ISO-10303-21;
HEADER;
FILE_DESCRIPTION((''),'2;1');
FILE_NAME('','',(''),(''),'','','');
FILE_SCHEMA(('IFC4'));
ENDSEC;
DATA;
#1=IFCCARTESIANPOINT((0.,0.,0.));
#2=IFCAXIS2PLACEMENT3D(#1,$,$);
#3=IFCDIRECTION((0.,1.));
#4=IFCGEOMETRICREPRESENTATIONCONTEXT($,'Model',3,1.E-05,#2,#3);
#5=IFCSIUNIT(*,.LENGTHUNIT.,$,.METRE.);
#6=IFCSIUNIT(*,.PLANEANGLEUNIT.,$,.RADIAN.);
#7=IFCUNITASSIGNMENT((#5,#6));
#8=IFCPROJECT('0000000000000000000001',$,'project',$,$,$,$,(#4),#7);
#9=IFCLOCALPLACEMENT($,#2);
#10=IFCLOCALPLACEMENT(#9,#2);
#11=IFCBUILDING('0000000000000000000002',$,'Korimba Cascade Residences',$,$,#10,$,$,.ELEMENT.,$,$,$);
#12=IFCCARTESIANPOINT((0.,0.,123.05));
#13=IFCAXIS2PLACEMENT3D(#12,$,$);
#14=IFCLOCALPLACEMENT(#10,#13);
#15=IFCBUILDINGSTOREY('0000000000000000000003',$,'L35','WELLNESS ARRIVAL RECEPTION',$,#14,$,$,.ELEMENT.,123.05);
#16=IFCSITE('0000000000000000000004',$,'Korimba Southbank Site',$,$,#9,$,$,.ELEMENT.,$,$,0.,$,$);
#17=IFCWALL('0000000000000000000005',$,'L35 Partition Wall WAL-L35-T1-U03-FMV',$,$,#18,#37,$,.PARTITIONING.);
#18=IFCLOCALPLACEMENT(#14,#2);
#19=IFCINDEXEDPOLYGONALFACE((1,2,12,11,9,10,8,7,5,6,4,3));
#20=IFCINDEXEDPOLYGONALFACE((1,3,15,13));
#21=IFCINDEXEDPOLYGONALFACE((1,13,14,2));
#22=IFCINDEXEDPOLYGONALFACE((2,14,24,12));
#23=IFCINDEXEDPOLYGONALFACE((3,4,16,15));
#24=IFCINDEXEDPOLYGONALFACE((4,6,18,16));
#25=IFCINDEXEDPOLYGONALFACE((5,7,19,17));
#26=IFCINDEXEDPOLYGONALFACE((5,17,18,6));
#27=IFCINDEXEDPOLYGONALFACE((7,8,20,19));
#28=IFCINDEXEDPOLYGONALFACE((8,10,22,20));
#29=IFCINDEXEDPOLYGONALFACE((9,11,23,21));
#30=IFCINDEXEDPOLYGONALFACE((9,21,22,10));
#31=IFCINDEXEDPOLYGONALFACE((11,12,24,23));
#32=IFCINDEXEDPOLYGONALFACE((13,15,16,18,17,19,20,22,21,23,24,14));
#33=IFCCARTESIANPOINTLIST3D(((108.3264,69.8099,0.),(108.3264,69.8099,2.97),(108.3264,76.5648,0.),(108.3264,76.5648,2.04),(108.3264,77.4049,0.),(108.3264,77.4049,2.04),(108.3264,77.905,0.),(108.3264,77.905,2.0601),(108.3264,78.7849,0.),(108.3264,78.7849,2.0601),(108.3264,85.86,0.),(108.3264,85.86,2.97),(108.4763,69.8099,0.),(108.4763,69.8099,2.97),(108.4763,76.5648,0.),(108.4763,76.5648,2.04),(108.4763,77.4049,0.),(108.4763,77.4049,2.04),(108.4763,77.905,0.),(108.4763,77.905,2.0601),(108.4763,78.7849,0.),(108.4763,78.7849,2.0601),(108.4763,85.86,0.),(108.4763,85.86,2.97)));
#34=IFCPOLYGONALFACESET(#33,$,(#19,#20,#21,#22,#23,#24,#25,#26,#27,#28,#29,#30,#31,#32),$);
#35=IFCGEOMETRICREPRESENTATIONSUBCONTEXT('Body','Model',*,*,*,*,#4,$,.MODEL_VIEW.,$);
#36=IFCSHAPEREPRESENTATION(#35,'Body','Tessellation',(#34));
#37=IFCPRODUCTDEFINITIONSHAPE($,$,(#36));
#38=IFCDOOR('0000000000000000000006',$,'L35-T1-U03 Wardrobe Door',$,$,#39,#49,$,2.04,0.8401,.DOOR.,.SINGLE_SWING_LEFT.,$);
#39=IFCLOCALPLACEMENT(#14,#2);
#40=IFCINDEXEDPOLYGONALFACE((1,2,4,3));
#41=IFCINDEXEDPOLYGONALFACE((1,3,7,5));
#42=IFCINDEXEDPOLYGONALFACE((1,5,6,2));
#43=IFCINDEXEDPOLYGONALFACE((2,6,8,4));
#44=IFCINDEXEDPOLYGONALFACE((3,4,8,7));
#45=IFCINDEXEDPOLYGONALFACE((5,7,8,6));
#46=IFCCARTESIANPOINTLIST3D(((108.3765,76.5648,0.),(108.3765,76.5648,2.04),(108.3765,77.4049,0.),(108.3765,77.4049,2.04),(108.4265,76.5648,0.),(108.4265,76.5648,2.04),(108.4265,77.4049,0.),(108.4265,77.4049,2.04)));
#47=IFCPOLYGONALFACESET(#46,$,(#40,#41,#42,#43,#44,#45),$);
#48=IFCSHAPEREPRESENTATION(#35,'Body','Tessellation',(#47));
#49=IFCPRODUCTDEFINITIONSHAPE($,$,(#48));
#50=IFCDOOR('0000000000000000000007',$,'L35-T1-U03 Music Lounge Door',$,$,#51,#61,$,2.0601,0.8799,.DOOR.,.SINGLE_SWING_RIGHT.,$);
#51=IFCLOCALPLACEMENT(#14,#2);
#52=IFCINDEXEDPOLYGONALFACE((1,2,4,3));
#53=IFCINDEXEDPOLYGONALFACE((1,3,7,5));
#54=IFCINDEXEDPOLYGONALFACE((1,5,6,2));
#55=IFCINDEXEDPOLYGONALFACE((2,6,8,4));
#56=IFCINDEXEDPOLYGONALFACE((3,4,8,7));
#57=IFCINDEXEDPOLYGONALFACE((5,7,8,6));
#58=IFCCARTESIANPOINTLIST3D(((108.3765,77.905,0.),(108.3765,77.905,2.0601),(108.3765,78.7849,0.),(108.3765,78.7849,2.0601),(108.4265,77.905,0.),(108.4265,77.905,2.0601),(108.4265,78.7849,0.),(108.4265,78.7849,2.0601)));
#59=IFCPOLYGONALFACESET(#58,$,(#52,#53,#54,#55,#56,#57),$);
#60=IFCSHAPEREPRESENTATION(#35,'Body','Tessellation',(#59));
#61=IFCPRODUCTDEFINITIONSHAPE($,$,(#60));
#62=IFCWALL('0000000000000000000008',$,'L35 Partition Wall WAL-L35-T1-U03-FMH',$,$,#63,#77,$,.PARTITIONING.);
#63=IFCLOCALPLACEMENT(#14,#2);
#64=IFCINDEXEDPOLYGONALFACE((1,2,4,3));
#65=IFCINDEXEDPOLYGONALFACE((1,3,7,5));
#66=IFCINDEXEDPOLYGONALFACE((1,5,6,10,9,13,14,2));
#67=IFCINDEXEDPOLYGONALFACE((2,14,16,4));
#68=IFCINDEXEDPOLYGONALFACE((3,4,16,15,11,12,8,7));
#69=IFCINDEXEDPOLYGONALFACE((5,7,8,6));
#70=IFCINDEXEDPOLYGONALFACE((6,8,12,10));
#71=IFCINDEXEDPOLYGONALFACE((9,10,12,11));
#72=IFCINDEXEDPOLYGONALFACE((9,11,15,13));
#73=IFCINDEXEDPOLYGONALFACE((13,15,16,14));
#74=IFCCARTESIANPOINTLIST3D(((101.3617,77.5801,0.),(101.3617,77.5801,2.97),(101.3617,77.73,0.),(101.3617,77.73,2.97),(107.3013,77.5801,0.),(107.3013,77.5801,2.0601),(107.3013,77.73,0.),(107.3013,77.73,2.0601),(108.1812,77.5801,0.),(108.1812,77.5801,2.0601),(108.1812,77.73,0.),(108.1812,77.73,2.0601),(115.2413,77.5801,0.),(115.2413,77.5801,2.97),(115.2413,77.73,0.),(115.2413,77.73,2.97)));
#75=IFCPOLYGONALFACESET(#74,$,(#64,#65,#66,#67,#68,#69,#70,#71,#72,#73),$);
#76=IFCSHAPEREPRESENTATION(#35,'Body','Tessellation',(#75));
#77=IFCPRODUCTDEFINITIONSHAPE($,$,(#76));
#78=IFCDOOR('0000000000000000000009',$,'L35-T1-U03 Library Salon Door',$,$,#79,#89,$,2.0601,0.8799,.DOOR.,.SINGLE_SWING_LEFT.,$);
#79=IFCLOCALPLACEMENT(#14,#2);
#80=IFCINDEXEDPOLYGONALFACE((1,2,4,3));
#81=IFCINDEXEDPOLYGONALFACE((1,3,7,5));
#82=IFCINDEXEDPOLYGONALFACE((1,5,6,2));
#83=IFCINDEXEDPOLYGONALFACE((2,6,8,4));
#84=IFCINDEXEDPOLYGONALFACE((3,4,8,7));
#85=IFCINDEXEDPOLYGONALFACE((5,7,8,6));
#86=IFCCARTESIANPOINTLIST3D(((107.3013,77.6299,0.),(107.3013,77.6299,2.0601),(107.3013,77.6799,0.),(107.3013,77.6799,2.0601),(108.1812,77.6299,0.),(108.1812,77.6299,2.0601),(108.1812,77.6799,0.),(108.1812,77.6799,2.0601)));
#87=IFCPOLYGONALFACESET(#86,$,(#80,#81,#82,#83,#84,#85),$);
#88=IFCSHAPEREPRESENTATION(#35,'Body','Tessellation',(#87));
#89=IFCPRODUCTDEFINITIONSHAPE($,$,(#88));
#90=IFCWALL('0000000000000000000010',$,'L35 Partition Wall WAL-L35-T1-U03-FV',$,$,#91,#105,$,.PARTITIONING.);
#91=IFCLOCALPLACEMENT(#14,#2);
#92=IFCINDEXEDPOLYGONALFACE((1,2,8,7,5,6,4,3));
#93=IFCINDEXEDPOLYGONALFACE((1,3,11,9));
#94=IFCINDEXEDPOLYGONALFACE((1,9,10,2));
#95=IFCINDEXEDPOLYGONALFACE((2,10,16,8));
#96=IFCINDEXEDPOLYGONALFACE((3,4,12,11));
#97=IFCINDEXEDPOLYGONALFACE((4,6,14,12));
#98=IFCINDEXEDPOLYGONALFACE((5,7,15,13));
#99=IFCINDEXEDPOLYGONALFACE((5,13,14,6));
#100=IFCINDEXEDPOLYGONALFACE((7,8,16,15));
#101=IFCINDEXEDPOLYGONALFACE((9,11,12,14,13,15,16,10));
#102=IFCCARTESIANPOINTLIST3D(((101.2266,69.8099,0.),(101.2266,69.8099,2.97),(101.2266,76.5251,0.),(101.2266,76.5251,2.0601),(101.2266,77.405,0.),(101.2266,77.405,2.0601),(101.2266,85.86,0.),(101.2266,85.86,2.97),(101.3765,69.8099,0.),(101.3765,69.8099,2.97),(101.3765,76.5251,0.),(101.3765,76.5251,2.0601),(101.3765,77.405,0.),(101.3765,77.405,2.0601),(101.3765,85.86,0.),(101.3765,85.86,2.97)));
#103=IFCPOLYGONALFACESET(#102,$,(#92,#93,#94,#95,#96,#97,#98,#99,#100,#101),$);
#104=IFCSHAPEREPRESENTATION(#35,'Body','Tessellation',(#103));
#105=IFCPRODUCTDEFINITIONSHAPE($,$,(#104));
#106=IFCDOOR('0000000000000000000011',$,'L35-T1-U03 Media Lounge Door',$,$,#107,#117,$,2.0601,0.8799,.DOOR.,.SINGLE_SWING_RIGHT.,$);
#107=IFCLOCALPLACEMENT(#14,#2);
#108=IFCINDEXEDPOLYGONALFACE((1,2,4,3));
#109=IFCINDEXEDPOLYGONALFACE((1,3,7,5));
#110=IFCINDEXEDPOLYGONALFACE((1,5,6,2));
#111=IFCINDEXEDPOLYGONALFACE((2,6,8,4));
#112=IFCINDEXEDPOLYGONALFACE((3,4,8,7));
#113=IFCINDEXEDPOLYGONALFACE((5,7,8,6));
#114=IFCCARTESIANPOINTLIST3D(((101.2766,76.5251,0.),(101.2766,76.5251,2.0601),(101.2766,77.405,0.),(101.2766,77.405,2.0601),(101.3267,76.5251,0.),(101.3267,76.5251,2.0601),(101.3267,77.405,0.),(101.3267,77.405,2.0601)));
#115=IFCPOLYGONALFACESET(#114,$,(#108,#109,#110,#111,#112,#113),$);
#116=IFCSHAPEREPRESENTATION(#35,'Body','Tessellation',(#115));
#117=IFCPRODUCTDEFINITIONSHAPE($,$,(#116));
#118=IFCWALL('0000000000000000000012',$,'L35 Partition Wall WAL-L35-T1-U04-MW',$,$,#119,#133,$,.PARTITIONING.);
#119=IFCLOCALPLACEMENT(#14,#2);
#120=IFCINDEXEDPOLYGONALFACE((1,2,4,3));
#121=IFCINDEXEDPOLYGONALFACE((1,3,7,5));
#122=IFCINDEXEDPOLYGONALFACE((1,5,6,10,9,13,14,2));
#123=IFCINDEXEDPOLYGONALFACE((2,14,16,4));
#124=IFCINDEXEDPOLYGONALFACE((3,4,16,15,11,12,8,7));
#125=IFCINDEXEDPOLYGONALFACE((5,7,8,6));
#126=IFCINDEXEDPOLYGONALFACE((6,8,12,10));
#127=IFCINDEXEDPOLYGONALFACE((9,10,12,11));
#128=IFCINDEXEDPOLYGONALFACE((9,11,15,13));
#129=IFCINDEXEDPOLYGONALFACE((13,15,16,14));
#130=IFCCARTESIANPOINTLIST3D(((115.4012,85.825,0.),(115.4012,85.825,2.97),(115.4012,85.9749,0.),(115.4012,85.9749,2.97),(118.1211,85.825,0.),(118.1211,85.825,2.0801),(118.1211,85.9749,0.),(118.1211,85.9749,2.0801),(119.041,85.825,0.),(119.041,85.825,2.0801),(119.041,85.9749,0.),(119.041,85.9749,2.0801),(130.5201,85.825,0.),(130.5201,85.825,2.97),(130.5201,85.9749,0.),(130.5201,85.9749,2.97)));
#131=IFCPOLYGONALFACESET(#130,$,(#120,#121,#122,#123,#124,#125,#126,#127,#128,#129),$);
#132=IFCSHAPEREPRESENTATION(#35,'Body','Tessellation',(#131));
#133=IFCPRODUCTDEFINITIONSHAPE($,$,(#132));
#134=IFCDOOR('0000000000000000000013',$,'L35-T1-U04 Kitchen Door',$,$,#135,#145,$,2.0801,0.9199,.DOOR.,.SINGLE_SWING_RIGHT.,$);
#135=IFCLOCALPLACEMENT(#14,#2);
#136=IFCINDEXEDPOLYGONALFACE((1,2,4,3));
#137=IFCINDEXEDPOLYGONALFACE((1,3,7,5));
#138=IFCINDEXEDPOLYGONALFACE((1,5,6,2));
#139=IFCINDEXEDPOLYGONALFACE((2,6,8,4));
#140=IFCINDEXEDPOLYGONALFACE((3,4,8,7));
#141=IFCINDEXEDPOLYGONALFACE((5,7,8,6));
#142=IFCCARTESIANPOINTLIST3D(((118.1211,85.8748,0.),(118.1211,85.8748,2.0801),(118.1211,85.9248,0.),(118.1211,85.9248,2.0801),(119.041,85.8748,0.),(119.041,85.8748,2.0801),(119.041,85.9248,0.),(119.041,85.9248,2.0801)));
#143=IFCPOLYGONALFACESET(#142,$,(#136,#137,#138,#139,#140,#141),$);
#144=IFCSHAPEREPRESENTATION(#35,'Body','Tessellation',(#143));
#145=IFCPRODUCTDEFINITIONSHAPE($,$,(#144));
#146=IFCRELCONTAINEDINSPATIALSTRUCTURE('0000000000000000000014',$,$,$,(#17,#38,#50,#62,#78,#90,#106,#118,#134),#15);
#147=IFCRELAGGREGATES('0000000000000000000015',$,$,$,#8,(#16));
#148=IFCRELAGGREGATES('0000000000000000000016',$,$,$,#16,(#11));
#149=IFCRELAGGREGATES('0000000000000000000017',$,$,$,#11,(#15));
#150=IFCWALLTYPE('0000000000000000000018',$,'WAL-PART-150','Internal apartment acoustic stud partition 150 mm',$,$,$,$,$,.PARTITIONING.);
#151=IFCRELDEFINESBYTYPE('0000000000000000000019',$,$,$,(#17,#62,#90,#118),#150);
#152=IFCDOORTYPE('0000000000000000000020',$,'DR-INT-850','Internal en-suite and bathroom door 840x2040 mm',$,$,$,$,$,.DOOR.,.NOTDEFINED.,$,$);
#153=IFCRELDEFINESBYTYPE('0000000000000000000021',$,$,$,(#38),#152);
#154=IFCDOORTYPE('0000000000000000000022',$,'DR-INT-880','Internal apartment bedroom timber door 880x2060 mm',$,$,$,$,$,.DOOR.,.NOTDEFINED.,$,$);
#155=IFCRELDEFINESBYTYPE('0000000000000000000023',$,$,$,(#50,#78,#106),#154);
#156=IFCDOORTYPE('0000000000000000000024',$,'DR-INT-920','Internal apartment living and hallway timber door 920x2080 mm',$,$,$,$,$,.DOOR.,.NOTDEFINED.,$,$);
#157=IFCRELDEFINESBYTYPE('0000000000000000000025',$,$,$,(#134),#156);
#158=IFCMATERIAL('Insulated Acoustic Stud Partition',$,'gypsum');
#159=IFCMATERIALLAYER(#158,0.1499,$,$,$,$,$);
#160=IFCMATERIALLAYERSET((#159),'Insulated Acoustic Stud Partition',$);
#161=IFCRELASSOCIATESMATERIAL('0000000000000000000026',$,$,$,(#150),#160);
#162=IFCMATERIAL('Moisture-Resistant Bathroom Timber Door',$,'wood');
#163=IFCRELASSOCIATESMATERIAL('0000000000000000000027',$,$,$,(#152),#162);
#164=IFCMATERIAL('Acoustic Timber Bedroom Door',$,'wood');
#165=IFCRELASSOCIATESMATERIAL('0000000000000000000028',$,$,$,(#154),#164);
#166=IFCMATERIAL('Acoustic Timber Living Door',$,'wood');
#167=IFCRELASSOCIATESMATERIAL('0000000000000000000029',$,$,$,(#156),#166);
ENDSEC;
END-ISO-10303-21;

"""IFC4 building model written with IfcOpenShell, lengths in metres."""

from ifc_helpers import new_model, si_unit, direction, frame, frame_2d, origin, place, context, subcontext, project, spatial, rectangle, extrude, material, layer, layer_set, type_object, element, fill, save


model = new_model("IFC4")

# Units and contexts
model_context = context("Model", 3, precision=1e-05, world=origin(), true_north=direction((0.0, 1.0)))
body_context = subcontext(model_context, "Body", "Model", "MODEL_VIEW")
ifc_project = project(units=[si_unit("LENGTHUNIT", "METRE"), si_unit("PLANEANGLEUNIT", "RADIAN")], contexts=[model_context])

# Site, building, storey
site_placement = place(None, origin())
site = spatial("IfcSite", under=ifc_project, at=site_placement, Name="Korimba Southbank Site", CompositionType="ELEMENT", RefElevation=0.0)
building_placement = place(site_placement, origin())
building = spatial("IfcBuilding", under=site, at=building_placement, Name="Korimba Cascade Residences", CompositionType="ELEMENT")
storey_placement = place(building_placement, frame((0.0, 0.0, 123.05)))
storey = spatial("IfcBuildingStorey", under=building, at=storey_placement, Name="L35", Description="WELLNESS ARRIVAL RECEPTION", CompositionType="ELEMENT", Elevation=123.05)

# Wall, openings, doors
ifc_material_1 = material(Name="Insulated Acoustic Stud Partition", Category="gypsum")
ifc_layer_1 = layer(ifc_material_1, 0.1499)
ifc_layer_set_1 = layer_set([ifc_layer_1], Name="Insulated Acoustic Stud Partition")
wall_type_1 = type_object("IfcWallType", Name="WAL-PART-150", Description="Internal apartment acoustic stud partition 150 mm", PredefinedType="PARTITIONING", material=ifc_layer_set_1)
wall_1_placement = place(storey_placement, frame((108.4014, 69.8101, 0.0), z_axis=(0.0, 0.0, 1.0), x_axis=(0.0, 1.0, 0.0)))
wall_1 = element("IfcWall", 1, at=wall_1_placement, inside=storey, type_object=wall_type_1, Name="L35 Partition Wall WAL-L35-T1-U03-FMV", PredefinedType="PARTITIONING", context=body_context, shape_type="SweptSolid", body=[
    extrude(rectangle(XDim=16.05, YDim=0.1499, at=frame_2d((8.0249, 0.0))), origin(), (0.0, 0.0, 1.0), 2.97),
])
opening_1_placement = place(wall_1_placement, frame((6.7549, 0.0, 0.0)))
opening_1 = element("IfcOpeningElement", 2, at=opening_1_placement, cuts=wall_1, PredefinedType="OPENING", context=body_context, shape_type="SweptSolid", body=[
    extrude(rectangle(XDim=0.8401, YDim=2.04, at=frame_2d((0.4199, 1.02))), frame((0.0, 0.085, 0.0), z_axis=(0.0, -1.0, 0.0), x_axis=(1.0, 0.0, 0.0)), (0.0, 0.0, 1.0), 0.1699),
])
opening_2_placement = place(wall_1_placement, frame((8.095, 0.0, 0.0)))
opening_2 = element("IfcOpeningElement", 3, at=opening_2_placement, cuts=wall_1, PredefinedType="OPENING", context=body_context, shape_type="SweptSolid", body=[
    extrude(rectangle(XDim=0.8799, YDim=2.0601, at=frame_2d((0.4399, 1.03))), frame((0.0, 0.085, 0.0), z_axis=(0.0, -1.0, 0.0), x_axis=(1.0, 0.0, 0.0)), (0.0, 0.0, 1.0), 0.1699),
])
ifc_material_2 = material(Name="Moisture-Resistant Bathroom Timber Door", Category="wood")
door_type_1 = type_object("IfcDoorType", Name="DR-INT-850", Description="Internal en-suite and bathroom door 840x2040 mm", OperationType="NOTDEFINED", PredefinedType="DOOR", material=ifc_material_2)
door_1_placement = place(opening_1_placement, origin())
door_1 = element("IfcDoor", 4, at=door_1_placement, inside=storey, type_object=door_type_1, Name="L35-T1-U03 Wardrobe Door", OperationType="SINGLE_SWING_LEFT", OverallHeight=2.04, OverallWidth=0.8401, PredefinedType="DOOR", context=body_context, shape_type="SweptSolid", body=[
    extrude(rectangle(XDim=0.8401, YDim=2.04, at=frame_2d((0.4199, 1.02))), frame((0.0, 0.0249, 0.0), z_axis=(0.0, -1.0, 0.0), x_axis=(1.0, 0.0, 0.0)), (0.0, 0.0, 1.0), 0.05),
])
fill(opening_1, door_1)
ifc_material_3 = material(Name="Acoustic Timber Bedroom Door", Category="wood")
door_type_2 = type_object("IfcDoorType", Name="DR-INT-880", Description="Internal apartment bedroom timber door 880x2060 mm", OperationType="NOTDEFINED", PredefinedType="DOOR", material=ifc_material_3)
door_2_placement = place(opening_2_placement, origin())
door_2 = element("IfcDoor", 5, at=door_2_placement, inside=storey, type_object=door_type_2, Name="L35-T1-U03 Music Lounge Door", OperationType="SINGLE_SWING_RIGHT", OverallHeight=2.0601, OverallWidth=0.8799, PredefinedType="DOOR", context=body_context, shape_type="SweptSolid", body=[
    extrude(rectangle(XDim=0.8799, YDim=2.0601, at=frame_2d((0.4399, 1.03))), frame((0.0, 0.0249, 0.0), z_axis=(0.0, -1.0, 0.0), x_axis=(1.0, 0.0, 0.0)), (0.0, 0.0, 1.0), 0.05),
])
fill(opening_2, door_2)

# Walls, openings, doors
wall_2_placement = place(storey_placement, frame((101.3616, 77.655, 0.0), z_axis=(0.0, 0.0, 1.0), x_axis=(1.0, 0.0, 0.0)))
wall_2 = element("IfcWall", 6, at=wall_2_placement, inside=storey, type_object=wall_type_1, Name="L35 Partition Wall WAL-L35-T1-U03-FMH", PredefinedType="PARTITIONING", context=body_context, shape_type="SweptSolid", body=[
    extrude(rectangle(XDim=13.8796, YDim=0.1499, at=frame_2d((6.9399, 0.0))), origin(), (0.0, 0.0, 1.0), 2.97),
])
opening_3_placement = place(wall_2_placement, frame((5.9397, 0.0, 0.0)))
opening_3 = element("IfcOpeningElement", 7, at=opening_3_placement, cuts=wall_2, PredefinedType="OPENING", context=body_context, shape_type="SweptSolid", body=[
    extrude(rectangle(XDim=0.8799, YDim=2.0601, at=frame_2d((0.4399, 1.03))), frame((0.0, 0.085, 0.0), z_axis=(0.0, -1.0, 0.0), x_axis=(1.0, 0.0, 0.0)), (0.0, 0.0, 1.0), 0.1699),
])
door_3_placement = place(opening_3_placement, origin())
door_3 = element("IfcDoor", 8, at=door_3_placement, inside=storey, type_object=door_type_2, Name="L35-T1-U03 Library Salon Door", OperationType="SINGLE_SWING_LEFT", OverallHeight=2.0601, OverallWidth=0.8799, PredefinedType="DOOR", context=body_context, shape_type="SweptSolid", body=[
    extrude(rectangle(XDim=0.8799, YDim=2.0601, at=frame_2d((0.4399, 1.03))), frame((0.0, 0.0249, 0.0), z_axis=(0.0, -1.0, 0.0), x_axis=(1.0, 0.0, 0.0)), (0.0, 0.0, 1.0), 0.05),
])
fill(opening_3, door_3)
wall_3_placement = place(storey_placement, frame((101.3015, 69.8101, 0.0), z_axis=(0.0, 0.0, 1.0), x_axis=(0.0, 1.0, 0.0)))
wall_3 = element("IfcWall", 9, at=wall_3_placement, inside=storey, type_object=wall_type_1, Name="L35 Partition Wall WAL-L35-T1-U03-FV", PredefinedType="PARTITIONING", context=body_context, shape_type="SweptSolid", body=[
    extrude(rectangle(XDim=16.05, YDim=0.1499, at=frame_2d((8.0249, 0.0))), origin(), (0.0, 0.0, 1.0), 2.97),
])
opening_4_placement = place(wall_3_placement, frame((6.7151, 0.0, 0.0)))
opening_4 = element("IfcOpeningElement", 10, at=opening_4_placement, cuts=wall_3, PredefinedType="OPENING", context=body_context, shape_type="SweptSolid", body=[
    extrude(rectangle(XDim=0.8799, YDim=2.0601, at=frame_2d((0.4399, 1.03))), frame((0.0, 0.085, 0.0), z_axis=(0.0, -1.0, 0.0), x_axis=(1.0, 0.0, 0.0)), (0.0, 0.0, 1.0), 0.1699),
])
door_4_placement = place(opening_4_placement, origin())
door_4 = element("IfcDoor", 11, at=door_4_placement, inside=storey, type_object=door_type_2, Name="L35-T1-U03 Media Lounge Door", OperationType="SINGLE_SWING_RIGHT", OverallHeight=2.0601, OverallWidth=0.8799, PredefinedType="DOOR", context=body_context, shape_type="SweptSolid", body=[
    extrude(rectangle(XDim=0.8799, YDim=2.0601, at=frame_2d((0.4399, 1.03))), frame((0.0, 0.0249, 0.0), z_axis=(0.0, -1.0, 0.0), x_axis=(1.0, 0.0, 0.0)), (0.0, 0.0, 1.0), 0.05),
])
fill(opening_4, door_4)
wall_4_placement = place(storey_placement, frame((115.4011, 85.8999, 0.0), z_axis=(0.0, 0.0, 1.0), x_axis=(1.0, 0.0, 0.0)))
wall_4 = element("IfcWall", 12, at=wall_4_placement, inside=storey, type_object=wall_type_1, Name="L35 Partition Wall WAL-L35-T1-U04-MW", PredefinedType="PARTITIONING", context=body_context, shape_type="SweptSolid", body=[
    extrude(rectangle(XDim=15.1189, YDim=0.1499, at=frame_2d((7.5596, 0.0))), origin(), (0.0, 0.0, 1.0), 2.97),
])
opening_5_placement = place(wall_4_placement, frame((2.72, 0.0, 0.0)))
opening_5 = element("IfcOpeningElement", 13, at=opening_5_placement, cuts=wall_4, PredefinedType="OPENING", context=body_context, shape_type="SweptSolid", body=[
    extrude(rectangle(XDim=0.9199, YDim=2.0801, at=frame_2d((0.46, 1.04))), frame((0.0, 0.085, 0.0), z_axis=(0.0, -1.0, 0.0), x_axis=(1.0, 0.0, 0.0)), (0.0, 0.0, 1.0), 0.1699),
])
ifc_material_4 = material(Name="Acoustic Timber Living Door", Category="wood")
door_type_3 = type_object("IfcDoorType", Name="DR-INT-920", Description="Internal apartment living and hallway timber door 920x2080 mm", OperationType="NOTDEFINED", PredefinedType="DOOR", material=ifc_material_4)
door_5_placement = place(opening_5_placement, origin())
door_5 = element("IfcDoor", 14, at=door_5_placement, inside=storey, type_object=door_type_3, Name="L35-T1-U04 Kitchen Door", OperationType="SINGLE_SWING_RIGHT", OverallHeight=2.0801, OverallWidth=0.9199, PredefinedType="DOOR", context=body_context, shape_type="SweptSolid", body=[
    extrude(rectangle(XDim=0.9199, YDim=2.0801, at=frame_2d((0.46, 1.04))), frame((0.0, 0.0249, 0.0), z_axis=(0.0, -1.0, 0.0), x_axis=(1.0, 0.0, 0.0)), (0.0, 0.0, 1.0), 0.05),
])
fill(opening_5, door_5)

save(model, "model.ifc")
